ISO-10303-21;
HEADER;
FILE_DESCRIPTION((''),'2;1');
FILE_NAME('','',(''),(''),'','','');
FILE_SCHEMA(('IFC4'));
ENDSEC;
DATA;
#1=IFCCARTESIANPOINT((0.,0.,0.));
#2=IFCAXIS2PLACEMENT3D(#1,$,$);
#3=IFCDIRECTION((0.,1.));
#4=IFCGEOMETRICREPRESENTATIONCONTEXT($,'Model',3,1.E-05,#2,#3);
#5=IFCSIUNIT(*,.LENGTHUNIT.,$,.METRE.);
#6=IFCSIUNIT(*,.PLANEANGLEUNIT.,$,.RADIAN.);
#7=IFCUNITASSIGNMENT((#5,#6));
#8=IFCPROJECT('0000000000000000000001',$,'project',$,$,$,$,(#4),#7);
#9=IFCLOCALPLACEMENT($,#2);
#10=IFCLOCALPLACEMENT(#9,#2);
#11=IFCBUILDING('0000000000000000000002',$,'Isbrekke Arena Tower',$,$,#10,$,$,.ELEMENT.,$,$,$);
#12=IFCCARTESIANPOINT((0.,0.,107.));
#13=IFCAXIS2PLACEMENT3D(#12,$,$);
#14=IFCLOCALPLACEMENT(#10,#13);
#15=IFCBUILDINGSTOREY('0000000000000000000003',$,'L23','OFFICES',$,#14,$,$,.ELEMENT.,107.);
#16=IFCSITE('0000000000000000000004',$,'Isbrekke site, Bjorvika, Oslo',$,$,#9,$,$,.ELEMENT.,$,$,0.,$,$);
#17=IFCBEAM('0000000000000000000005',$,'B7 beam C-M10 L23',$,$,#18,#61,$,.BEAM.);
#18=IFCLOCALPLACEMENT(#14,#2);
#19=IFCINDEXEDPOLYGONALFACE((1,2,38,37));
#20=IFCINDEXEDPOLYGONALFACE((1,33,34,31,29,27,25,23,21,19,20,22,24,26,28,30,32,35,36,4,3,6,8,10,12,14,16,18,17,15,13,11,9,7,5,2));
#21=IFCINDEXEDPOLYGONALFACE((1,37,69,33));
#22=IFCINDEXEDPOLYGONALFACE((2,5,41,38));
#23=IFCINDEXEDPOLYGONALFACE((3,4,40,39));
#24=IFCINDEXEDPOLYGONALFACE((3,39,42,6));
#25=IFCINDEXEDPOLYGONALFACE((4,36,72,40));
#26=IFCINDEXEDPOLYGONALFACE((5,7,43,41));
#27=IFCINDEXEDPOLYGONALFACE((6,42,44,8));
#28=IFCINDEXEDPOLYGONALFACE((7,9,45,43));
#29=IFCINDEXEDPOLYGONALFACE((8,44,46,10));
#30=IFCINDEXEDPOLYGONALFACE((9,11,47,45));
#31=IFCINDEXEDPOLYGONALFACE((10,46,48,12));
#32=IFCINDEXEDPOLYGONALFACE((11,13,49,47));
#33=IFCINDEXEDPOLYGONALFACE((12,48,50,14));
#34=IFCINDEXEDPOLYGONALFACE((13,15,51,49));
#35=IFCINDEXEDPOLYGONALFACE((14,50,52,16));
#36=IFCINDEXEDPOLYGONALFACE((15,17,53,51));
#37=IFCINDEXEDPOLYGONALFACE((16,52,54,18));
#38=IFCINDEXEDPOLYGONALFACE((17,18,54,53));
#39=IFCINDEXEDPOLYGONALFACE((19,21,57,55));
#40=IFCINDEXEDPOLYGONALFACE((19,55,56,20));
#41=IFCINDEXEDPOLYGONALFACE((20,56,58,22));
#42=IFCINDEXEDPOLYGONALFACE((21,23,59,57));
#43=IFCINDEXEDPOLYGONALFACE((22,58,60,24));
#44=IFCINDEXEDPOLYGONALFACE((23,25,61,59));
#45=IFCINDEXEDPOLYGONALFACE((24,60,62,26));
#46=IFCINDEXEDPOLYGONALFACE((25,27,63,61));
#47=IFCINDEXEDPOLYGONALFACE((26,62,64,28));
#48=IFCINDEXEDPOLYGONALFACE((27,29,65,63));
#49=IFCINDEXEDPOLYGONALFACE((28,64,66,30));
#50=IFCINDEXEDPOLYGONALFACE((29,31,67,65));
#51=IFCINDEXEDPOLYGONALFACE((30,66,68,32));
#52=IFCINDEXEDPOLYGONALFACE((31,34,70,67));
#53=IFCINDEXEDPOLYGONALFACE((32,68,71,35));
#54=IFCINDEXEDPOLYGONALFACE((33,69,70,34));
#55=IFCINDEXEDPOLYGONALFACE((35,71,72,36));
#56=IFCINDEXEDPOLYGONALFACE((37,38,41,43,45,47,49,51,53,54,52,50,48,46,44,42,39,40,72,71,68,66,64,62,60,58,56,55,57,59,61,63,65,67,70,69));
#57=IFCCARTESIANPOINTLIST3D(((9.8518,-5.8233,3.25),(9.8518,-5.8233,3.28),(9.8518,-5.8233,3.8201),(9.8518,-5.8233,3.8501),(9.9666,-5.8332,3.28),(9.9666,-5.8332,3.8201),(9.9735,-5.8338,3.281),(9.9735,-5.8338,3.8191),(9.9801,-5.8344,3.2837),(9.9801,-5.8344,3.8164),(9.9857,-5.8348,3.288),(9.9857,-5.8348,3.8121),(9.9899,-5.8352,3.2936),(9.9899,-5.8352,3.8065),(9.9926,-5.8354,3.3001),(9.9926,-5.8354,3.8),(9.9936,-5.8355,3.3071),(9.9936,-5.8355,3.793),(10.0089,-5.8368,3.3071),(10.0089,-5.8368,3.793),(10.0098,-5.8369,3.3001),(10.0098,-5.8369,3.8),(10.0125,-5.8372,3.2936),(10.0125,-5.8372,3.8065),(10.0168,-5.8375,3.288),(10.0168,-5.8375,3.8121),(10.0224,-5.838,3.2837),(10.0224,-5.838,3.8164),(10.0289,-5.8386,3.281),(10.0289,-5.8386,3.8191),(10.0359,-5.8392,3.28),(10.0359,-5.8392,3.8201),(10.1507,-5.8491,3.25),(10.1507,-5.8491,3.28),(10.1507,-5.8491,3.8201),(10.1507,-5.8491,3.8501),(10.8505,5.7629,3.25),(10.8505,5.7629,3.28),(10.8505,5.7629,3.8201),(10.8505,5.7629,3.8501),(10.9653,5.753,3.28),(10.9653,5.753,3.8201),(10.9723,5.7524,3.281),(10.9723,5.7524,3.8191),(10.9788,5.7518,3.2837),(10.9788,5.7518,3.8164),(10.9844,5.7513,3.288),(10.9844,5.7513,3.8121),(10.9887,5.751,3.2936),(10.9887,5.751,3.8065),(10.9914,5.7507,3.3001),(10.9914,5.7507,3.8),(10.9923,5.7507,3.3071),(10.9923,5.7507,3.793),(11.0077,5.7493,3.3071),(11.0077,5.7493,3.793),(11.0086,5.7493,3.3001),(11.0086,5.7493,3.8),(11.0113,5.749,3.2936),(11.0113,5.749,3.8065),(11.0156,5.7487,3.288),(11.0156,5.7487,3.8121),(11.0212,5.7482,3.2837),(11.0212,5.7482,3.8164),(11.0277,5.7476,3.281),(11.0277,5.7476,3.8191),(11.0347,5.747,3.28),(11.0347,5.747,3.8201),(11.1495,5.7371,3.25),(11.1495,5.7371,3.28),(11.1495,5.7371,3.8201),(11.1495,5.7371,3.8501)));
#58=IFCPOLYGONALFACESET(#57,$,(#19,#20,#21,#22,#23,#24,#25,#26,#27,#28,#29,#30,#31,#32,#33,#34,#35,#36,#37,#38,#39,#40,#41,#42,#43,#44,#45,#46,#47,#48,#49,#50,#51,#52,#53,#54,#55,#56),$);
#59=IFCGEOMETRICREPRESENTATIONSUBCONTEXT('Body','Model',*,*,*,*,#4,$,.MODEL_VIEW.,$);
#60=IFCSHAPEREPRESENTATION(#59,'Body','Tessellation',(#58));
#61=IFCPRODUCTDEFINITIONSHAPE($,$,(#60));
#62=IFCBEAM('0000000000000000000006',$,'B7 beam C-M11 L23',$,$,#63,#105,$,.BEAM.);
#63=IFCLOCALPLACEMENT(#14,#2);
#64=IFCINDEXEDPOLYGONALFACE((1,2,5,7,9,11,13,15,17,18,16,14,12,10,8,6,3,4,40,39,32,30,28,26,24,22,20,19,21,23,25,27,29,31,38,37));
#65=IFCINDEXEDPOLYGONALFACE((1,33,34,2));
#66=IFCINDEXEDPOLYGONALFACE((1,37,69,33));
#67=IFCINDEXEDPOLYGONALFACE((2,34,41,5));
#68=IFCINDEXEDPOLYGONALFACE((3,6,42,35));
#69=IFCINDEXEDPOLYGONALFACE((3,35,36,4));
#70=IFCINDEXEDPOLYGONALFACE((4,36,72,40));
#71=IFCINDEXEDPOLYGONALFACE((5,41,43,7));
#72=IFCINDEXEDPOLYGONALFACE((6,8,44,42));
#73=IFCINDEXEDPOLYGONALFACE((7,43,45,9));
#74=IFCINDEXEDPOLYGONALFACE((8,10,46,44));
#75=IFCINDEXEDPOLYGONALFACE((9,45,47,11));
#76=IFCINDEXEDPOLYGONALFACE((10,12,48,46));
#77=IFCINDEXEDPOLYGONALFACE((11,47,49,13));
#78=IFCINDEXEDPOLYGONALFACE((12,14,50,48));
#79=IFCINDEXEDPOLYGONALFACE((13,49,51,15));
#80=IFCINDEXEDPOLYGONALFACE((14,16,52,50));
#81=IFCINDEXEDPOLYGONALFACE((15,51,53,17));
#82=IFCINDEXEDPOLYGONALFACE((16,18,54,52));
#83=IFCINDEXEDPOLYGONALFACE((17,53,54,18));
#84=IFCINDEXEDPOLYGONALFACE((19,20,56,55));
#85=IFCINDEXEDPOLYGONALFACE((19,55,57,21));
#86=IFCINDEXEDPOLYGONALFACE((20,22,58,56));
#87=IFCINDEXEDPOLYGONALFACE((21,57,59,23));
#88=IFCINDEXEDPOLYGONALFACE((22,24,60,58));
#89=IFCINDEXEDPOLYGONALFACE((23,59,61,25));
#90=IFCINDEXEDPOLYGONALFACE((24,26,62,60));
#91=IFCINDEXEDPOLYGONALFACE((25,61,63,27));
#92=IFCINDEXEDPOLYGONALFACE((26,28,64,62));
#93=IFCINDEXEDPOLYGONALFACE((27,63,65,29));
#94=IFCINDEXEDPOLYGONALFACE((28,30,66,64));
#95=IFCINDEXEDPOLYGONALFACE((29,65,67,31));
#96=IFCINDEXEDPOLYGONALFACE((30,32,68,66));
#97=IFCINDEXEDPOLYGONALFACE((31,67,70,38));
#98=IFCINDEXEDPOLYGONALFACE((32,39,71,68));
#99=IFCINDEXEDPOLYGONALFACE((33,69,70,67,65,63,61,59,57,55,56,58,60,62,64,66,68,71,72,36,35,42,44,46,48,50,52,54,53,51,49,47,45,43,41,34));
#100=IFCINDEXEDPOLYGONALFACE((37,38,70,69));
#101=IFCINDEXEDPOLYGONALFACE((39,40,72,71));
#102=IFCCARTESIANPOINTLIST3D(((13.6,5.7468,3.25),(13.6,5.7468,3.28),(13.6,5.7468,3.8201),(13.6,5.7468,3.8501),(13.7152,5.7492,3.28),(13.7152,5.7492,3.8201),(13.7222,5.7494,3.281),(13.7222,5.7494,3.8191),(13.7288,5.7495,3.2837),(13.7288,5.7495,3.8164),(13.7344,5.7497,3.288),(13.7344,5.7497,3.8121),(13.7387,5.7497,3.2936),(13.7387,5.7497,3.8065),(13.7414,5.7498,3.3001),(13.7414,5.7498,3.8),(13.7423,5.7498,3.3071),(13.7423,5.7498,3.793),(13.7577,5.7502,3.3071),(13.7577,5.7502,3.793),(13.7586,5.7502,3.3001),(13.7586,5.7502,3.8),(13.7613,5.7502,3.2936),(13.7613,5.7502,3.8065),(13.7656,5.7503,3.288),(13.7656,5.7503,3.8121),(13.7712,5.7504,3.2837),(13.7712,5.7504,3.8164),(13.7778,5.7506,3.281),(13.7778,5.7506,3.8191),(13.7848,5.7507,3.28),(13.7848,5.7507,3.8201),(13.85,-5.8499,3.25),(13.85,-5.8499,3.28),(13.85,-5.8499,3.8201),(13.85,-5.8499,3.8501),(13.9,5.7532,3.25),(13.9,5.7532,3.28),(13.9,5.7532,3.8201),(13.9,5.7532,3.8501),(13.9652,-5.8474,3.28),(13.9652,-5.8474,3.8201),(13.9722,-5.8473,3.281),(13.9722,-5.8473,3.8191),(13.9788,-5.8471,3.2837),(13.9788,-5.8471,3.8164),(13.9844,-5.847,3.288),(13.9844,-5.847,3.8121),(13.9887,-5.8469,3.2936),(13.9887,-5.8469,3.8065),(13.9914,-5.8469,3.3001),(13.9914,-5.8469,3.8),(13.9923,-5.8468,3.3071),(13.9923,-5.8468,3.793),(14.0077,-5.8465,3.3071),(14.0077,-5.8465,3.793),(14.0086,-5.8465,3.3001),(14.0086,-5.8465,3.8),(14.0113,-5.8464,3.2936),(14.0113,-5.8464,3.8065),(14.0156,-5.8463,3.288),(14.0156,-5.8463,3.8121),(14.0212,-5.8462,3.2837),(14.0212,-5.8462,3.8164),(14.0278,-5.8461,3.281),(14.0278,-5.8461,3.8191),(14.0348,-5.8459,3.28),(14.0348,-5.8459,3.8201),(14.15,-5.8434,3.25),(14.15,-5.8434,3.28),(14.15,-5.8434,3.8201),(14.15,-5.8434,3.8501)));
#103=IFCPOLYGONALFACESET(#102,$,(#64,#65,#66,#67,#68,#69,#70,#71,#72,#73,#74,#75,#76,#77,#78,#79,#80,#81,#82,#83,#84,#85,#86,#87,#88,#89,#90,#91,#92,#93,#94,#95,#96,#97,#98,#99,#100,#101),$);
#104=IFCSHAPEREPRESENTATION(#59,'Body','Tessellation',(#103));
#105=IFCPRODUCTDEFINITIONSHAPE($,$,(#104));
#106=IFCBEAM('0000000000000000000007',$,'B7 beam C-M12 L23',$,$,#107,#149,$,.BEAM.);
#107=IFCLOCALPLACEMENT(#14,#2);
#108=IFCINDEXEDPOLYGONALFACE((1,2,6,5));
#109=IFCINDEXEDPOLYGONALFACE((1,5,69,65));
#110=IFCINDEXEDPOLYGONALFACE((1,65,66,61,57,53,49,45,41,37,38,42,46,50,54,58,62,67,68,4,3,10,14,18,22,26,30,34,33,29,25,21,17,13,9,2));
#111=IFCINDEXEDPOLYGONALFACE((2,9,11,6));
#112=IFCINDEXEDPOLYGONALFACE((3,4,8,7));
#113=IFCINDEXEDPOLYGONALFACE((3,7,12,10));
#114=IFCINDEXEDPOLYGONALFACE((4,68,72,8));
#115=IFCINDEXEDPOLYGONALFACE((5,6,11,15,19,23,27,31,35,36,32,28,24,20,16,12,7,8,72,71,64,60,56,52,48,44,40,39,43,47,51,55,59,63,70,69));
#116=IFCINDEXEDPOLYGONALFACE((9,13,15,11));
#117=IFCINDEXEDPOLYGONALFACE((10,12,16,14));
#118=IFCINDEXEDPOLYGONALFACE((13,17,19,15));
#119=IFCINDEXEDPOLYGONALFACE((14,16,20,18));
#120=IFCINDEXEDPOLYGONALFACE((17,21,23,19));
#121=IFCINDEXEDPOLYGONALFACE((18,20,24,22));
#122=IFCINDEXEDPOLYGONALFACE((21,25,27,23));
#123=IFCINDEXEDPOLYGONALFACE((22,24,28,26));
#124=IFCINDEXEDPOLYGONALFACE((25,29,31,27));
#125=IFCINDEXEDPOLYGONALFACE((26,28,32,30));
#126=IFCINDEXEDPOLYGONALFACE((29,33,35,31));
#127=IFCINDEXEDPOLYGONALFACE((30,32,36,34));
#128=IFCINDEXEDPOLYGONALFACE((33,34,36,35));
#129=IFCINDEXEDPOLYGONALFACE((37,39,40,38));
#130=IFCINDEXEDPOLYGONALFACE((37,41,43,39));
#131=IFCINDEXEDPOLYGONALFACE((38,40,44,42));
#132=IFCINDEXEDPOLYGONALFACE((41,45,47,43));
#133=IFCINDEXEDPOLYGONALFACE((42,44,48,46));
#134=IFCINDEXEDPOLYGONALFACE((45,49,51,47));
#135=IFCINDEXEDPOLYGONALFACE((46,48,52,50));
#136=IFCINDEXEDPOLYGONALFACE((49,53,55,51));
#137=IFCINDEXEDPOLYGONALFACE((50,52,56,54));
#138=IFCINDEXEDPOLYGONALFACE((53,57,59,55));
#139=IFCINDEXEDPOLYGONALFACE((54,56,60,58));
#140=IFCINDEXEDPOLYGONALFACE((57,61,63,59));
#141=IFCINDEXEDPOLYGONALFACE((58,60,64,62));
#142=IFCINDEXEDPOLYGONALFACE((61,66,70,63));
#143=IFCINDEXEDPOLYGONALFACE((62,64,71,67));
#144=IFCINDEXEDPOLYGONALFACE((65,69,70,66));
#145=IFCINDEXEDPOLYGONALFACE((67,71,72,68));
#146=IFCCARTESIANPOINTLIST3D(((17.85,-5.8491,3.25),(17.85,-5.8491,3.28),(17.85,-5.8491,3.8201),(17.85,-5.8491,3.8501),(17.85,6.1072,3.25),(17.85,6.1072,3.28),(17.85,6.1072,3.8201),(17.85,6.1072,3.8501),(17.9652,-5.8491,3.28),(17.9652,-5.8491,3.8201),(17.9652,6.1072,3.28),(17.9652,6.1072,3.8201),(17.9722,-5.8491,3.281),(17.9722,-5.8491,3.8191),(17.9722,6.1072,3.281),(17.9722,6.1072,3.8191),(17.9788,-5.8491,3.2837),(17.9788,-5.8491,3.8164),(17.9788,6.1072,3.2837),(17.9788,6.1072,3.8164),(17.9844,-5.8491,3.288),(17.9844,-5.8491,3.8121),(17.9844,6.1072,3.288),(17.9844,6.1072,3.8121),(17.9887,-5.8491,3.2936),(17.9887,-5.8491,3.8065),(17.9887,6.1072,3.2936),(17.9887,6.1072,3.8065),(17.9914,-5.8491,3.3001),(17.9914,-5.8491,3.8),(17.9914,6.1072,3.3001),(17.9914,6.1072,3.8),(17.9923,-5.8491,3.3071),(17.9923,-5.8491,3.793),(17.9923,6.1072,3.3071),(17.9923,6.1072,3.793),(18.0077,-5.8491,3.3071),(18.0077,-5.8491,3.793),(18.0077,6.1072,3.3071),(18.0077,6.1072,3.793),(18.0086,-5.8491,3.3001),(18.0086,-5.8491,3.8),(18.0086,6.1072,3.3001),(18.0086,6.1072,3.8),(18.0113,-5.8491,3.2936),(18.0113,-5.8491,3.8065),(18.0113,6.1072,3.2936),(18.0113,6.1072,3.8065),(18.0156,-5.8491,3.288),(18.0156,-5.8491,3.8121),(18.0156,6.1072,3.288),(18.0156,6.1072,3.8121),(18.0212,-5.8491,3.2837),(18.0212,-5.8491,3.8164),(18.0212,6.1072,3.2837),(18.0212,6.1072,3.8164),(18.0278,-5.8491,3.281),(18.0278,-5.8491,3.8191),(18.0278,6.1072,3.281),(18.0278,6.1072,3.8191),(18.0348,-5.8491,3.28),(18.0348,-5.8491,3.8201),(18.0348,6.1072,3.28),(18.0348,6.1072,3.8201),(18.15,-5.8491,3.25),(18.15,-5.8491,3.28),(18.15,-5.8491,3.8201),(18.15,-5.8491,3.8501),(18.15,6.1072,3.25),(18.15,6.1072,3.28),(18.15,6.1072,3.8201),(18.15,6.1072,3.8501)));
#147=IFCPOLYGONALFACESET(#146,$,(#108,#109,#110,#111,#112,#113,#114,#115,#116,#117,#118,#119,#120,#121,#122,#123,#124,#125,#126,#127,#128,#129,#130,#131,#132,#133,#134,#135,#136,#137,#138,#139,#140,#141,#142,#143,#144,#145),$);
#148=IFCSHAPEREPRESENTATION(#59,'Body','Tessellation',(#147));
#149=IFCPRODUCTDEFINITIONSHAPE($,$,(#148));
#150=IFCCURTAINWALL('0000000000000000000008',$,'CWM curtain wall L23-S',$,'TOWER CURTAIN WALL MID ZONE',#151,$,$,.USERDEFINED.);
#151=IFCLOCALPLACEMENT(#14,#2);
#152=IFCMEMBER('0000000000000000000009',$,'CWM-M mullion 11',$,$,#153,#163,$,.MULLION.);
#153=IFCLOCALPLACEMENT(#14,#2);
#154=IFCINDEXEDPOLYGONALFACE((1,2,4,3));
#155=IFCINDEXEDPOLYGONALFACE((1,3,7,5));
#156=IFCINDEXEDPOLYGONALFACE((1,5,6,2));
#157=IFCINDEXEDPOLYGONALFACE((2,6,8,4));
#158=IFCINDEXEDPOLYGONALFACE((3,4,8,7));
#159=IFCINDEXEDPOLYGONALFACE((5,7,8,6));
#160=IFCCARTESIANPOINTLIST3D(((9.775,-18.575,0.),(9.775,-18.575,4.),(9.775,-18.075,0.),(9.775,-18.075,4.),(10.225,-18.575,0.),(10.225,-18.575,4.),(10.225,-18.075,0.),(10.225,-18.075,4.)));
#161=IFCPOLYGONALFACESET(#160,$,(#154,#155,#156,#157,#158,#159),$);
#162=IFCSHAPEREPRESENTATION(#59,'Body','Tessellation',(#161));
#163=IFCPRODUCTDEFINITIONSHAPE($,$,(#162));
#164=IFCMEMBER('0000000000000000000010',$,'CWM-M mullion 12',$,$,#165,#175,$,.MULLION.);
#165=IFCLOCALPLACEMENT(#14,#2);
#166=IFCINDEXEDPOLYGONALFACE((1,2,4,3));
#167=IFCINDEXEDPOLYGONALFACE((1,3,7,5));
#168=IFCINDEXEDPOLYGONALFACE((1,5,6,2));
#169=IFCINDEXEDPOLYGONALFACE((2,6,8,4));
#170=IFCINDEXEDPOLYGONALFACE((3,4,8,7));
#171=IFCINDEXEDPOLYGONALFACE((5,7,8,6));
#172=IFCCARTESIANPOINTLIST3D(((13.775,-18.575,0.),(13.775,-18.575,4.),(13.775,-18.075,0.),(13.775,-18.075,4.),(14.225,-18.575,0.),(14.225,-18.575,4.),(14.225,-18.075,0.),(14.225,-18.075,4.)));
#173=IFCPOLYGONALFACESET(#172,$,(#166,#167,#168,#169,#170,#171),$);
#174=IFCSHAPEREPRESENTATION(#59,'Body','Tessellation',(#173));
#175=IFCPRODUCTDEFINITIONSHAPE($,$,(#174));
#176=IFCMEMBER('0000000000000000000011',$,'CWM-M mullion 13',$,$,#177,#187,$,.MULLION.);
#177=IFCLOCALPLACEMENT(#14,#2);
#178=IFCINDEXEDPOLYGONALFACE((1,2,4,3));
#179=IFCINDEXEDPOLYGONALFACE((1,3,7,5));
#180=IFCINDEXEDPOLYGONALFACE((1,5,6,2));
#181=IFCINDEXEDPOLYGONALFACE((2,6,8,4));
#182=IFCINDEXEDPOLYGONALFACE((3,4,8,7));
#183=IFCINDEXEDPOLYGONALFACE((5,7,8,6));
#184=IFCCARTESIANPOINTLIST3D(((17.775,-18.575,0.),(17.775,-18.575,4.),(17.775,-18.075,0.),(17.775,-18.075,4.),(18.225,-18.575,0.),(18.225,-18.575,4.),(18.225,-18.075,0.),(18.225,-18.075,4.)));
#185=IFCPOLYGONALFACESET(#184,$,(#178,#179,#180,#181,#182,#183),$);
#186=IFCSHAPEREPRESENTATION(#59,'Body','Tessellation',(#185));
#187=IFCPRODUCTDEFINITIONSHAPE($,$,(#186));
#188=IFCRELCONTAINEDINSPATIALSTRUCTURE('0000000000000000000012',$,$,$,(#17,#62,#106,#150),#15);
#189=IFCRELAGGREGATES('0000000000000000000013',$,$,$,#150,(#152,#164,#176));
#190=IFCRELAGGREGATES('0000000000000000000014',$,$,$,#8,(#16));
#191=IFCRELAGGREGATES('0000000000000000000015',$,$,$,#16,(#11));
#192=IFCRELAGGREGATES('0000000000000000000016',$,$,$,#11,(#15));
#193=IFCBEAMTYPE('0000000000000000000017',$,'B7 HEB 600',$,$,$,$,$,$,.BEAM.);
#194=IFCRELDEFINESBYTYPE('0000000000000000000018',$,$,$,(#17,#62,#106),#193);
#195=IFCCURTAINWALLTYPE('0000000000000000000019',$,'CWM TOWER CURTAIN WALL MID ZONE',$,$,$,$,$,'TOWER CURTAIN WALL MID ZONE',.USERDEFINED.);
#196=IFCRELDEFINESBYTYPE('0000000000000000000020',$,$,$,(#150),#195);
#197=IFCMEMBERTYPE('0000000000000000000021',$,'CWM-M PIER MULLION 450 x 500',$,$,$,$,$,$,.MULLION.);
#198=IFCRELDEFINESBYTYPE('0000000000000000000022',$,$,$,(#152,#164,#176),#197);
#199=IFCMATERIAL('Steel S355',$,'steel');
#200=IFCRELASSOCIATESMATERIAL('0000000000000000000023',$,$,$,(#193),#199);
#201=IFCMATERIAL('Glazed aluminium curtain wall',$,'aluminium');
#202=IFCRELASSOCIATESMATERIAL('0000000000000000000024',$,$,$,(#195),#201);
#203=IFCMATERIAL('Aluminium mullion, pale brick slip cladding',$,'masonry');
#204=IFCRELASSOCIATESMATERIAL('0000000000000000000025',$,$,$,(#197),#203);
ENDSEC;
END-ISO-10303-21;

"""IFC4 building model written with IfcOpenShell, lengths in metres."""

from ifc_helpers import new_model, si_unit, direction, frame, origin, origin_2d, place, context, subcontext, project, spatial, rectangle, i_section, extrude, material, material_profile, profile_set, type_object, element, aggregate, save


model = new_model("IFC4")

# Units and contexts
model_context = context("Model", 3, precision=1e-05, world=origin(), true_north=direction((0.0, 1.0)))
body_context = subcontext(model_context, "Body", "Model", "MODEL_VIEW")
ifc_project = project(units=[si_unit("LENGTHUNIT", "METRE"), si_unit("PLANEANGLEUNIT", "RADIAN")], contexts=[model_context])

# Site, building, storey
site_placement = place(None, origin())
site = spatial("IfcSite", under=ifc_project, at=site_placement, Name="Isbrekke site, Bjorvika, Oslo", CompositionType="ELEMENT", RefElevation=0.0)
building_placement = place(site_placement, origin())
building = spatial("IfcBuilding", under=site, at=building_placement, Name="Isbrekke Arena Tower", CompositionType="ELEMENT")
storey_placement = place(building_placement, frame((0.0, 0.0, 107.0)))
storey = spatial("IfcBuildingStorey", under=building, at=storey_placement, Name="L23", Description="OFFICES", CompositionType="ELEMENT", Elevation=107.0)

# Beams
ifc_material_1 = material(Name="Steel S355", Category="steel")
ifc_material_profile_1 = material_profile(ifc_material_1, i_section(OverallWidth=0.3, OverallDepth=0.6001, WebThickness=0.0154, FlangeThickness=0.03, FilletRadius=0.0271, at=origin_2d()), Name="HEB 600")
ifc_profile_set_1 = profile_set([ifc_material_profile_1], Name="Steel S355")
beam_type_1 = type_object("IfcBeamType", Name="B7 HEB 600", PredefinedType="BEAM", material=ifc_profile_set_1)
beam_1_placement = place(storey_placement, frame((10.0012, -5.8362, 3.55), z_axis=(0.085886, 0.996305, 0.0), x_axis=(-0.996305, 0.085886, 0.0)))
element("IfcBeam", 1, at=beam_1_placement, inside=storey, type_object=beam_type_1, Name="B7 beam C-M10 L23", PredefinedType="BEAM", context=body_context, shape_type="SweptSolid", body=[
    extrude(i_section(OverallWidth=0.3, OverallDepth=0.6001, WebThickness=0.0154, FlangeThickness=0.03, FilletRadius=0.0271, at=origin_2d()), origin(), (0.0, 0.0, 1.0), 11.6292),
])
beam_2_placement = place(storey_placement, frame((14.0, -5.8467, 3.55), z_axis=(-0.021553, 0.999768, 0.0), x_axis=(-0.999768, -0.021553, 0.0)))
element("IfcBeam", 2, at=beam_2_placement, inside=storey, type_object=beam_type_1, Name="B7 beam C-M11 L23", PredefinedType="BEAM", context=body_context, shape_type="SweptSolid", body=[
    extrude(i_section(OverallWidth=0.3, OverallDepth=0.6001, WebThickness=0.0154, FlangeThickness=0.03, FilletRadius=0.0271, at=origin_2d()), origin(), (0.0, 0.0, 1.0), 11.5994),
])
beam_3_placement = place(storey_placement, frame((18.0, -5.8491, 3.55), z_axis=(0.0, 1.0, 0.0), x_axis=(-1.0, 0.0, 0.0)))
element("IfcBeam", 3, at=beam_3_placement, inside=storey, type_object=beam_type_1, Name="B7 beam C-M12 L23", PredefinedType="BEAM", context=body_context, shape_type="SweptSolid", body=[
    extrude(i_section(OverallWidth=0.3, OverallDepth=0.6001, WebThickness=0.0154, FlangeThickness=0.03, FilletRadius=0.0271, at=origin_2d()), origin(), (0.0, 0.0, 1.0), 11.9563),
])

# Curtain wall, members
ifc_material_2 = material(Name="Glazed aluminium curtain wall", Category="aluminium")
curtain_wall_type = type_object("IfcCurtainWallType", Name="CWM TOWER CURTAIN WALL MID ZONE", ElementType="TOWER CURTAIN WALL MID ZONE", PredefinedType="USERDEFINED", material=ifc_material_2)
curtain_wall_placement = place(storey_placement, origin())
curtain_wall = element("IfcCurtainWall", 4, at=curtain_wall_placement, inside=storey, type_object=curtain_wall_type, Name="CWM curtain wall L23-S", ObjectType="TOWER CURTAIN WALL MID ZONE", PredefinedType="USERDEFINED")
ifc_material_3 = material(Name="Aluminium mullion, pale brick slip cladding", Category="masonry")
ifc_material_profile_2 = material_profile(ifc_material_3, rectangle(XDim=0.45, YDim=0.5, at=origin_2d()), Name="PIER 450X500")
ifc_profile_set_2 = profile_set([ifc_material_profile_2], Name="Aluminium mullion, pale brick slip cladding")
member_type_1 = type_object("IfcMemberType", Name="CWM-M PIER MULLION 450 x 500", PredefinedType="MULLION", material=ifc_profile_set_2)
member_1_placement = place(storey_placement, frame((10.0, -18.325, 0.0), z_axis=(0.0, 0.0, 1.0), x_axis=(1.0, 0.0, 0.0)))
member_1 = element("IfcMember", 5, at=member_1_placement, type_object=member_type_1, Name="CWM-M mullion 11", PredefinedType="MULLION", context=body_context, shape_type="SweptSolid", body=[
    extrude(rectangle(XDim=0.45, YDim=0.5, at=origin_2d()), origin(), (0.0, 0.0, 1.0), 4.0),
])
member_2_placement = place(storey_placement, frame((14.0, -18.325, 0.0), z_axis=(0.0, 0.0, 1.0), x_axis=(1.0, 0.0, 0.0)))
member_2 = element("IfcMember", 6, at=member_2_placement, type_object=member_type_1, Name="CWM-M mullion 12", PredefinedType="MULLION", context=body_context, shape_type="SweptSolid", body=[
    extrude(rectangle(XDim=0.45, YDim=0.5, at=origin_2d()), origin(), (0.0, 0.0, 1.0), 4.0),
])
member_3_placement = place(storey_placement, frame((18.0, -18.325, 0.0), z_axis=(0.0, 0.0, 1.0), x_axis=(1.0, 0.0, 0.0)))
member_3 = element("IfcMember", 7, at=member_3_placement, type_object=member_type_1, Name="CWM-M mullion 13", PredefinedType="MULLION", context=body_context, shape_type="SweptSolid", body=[
    extrude(rectangle(XDim=0.45, YDim=0.5, at=origin_2d()), origin(), (0.0, 0.0, 1.0), 4.0),
])

aggregate(curtain_wall, [member_1, member_2, member_3])

save(model, "model.ifc")
